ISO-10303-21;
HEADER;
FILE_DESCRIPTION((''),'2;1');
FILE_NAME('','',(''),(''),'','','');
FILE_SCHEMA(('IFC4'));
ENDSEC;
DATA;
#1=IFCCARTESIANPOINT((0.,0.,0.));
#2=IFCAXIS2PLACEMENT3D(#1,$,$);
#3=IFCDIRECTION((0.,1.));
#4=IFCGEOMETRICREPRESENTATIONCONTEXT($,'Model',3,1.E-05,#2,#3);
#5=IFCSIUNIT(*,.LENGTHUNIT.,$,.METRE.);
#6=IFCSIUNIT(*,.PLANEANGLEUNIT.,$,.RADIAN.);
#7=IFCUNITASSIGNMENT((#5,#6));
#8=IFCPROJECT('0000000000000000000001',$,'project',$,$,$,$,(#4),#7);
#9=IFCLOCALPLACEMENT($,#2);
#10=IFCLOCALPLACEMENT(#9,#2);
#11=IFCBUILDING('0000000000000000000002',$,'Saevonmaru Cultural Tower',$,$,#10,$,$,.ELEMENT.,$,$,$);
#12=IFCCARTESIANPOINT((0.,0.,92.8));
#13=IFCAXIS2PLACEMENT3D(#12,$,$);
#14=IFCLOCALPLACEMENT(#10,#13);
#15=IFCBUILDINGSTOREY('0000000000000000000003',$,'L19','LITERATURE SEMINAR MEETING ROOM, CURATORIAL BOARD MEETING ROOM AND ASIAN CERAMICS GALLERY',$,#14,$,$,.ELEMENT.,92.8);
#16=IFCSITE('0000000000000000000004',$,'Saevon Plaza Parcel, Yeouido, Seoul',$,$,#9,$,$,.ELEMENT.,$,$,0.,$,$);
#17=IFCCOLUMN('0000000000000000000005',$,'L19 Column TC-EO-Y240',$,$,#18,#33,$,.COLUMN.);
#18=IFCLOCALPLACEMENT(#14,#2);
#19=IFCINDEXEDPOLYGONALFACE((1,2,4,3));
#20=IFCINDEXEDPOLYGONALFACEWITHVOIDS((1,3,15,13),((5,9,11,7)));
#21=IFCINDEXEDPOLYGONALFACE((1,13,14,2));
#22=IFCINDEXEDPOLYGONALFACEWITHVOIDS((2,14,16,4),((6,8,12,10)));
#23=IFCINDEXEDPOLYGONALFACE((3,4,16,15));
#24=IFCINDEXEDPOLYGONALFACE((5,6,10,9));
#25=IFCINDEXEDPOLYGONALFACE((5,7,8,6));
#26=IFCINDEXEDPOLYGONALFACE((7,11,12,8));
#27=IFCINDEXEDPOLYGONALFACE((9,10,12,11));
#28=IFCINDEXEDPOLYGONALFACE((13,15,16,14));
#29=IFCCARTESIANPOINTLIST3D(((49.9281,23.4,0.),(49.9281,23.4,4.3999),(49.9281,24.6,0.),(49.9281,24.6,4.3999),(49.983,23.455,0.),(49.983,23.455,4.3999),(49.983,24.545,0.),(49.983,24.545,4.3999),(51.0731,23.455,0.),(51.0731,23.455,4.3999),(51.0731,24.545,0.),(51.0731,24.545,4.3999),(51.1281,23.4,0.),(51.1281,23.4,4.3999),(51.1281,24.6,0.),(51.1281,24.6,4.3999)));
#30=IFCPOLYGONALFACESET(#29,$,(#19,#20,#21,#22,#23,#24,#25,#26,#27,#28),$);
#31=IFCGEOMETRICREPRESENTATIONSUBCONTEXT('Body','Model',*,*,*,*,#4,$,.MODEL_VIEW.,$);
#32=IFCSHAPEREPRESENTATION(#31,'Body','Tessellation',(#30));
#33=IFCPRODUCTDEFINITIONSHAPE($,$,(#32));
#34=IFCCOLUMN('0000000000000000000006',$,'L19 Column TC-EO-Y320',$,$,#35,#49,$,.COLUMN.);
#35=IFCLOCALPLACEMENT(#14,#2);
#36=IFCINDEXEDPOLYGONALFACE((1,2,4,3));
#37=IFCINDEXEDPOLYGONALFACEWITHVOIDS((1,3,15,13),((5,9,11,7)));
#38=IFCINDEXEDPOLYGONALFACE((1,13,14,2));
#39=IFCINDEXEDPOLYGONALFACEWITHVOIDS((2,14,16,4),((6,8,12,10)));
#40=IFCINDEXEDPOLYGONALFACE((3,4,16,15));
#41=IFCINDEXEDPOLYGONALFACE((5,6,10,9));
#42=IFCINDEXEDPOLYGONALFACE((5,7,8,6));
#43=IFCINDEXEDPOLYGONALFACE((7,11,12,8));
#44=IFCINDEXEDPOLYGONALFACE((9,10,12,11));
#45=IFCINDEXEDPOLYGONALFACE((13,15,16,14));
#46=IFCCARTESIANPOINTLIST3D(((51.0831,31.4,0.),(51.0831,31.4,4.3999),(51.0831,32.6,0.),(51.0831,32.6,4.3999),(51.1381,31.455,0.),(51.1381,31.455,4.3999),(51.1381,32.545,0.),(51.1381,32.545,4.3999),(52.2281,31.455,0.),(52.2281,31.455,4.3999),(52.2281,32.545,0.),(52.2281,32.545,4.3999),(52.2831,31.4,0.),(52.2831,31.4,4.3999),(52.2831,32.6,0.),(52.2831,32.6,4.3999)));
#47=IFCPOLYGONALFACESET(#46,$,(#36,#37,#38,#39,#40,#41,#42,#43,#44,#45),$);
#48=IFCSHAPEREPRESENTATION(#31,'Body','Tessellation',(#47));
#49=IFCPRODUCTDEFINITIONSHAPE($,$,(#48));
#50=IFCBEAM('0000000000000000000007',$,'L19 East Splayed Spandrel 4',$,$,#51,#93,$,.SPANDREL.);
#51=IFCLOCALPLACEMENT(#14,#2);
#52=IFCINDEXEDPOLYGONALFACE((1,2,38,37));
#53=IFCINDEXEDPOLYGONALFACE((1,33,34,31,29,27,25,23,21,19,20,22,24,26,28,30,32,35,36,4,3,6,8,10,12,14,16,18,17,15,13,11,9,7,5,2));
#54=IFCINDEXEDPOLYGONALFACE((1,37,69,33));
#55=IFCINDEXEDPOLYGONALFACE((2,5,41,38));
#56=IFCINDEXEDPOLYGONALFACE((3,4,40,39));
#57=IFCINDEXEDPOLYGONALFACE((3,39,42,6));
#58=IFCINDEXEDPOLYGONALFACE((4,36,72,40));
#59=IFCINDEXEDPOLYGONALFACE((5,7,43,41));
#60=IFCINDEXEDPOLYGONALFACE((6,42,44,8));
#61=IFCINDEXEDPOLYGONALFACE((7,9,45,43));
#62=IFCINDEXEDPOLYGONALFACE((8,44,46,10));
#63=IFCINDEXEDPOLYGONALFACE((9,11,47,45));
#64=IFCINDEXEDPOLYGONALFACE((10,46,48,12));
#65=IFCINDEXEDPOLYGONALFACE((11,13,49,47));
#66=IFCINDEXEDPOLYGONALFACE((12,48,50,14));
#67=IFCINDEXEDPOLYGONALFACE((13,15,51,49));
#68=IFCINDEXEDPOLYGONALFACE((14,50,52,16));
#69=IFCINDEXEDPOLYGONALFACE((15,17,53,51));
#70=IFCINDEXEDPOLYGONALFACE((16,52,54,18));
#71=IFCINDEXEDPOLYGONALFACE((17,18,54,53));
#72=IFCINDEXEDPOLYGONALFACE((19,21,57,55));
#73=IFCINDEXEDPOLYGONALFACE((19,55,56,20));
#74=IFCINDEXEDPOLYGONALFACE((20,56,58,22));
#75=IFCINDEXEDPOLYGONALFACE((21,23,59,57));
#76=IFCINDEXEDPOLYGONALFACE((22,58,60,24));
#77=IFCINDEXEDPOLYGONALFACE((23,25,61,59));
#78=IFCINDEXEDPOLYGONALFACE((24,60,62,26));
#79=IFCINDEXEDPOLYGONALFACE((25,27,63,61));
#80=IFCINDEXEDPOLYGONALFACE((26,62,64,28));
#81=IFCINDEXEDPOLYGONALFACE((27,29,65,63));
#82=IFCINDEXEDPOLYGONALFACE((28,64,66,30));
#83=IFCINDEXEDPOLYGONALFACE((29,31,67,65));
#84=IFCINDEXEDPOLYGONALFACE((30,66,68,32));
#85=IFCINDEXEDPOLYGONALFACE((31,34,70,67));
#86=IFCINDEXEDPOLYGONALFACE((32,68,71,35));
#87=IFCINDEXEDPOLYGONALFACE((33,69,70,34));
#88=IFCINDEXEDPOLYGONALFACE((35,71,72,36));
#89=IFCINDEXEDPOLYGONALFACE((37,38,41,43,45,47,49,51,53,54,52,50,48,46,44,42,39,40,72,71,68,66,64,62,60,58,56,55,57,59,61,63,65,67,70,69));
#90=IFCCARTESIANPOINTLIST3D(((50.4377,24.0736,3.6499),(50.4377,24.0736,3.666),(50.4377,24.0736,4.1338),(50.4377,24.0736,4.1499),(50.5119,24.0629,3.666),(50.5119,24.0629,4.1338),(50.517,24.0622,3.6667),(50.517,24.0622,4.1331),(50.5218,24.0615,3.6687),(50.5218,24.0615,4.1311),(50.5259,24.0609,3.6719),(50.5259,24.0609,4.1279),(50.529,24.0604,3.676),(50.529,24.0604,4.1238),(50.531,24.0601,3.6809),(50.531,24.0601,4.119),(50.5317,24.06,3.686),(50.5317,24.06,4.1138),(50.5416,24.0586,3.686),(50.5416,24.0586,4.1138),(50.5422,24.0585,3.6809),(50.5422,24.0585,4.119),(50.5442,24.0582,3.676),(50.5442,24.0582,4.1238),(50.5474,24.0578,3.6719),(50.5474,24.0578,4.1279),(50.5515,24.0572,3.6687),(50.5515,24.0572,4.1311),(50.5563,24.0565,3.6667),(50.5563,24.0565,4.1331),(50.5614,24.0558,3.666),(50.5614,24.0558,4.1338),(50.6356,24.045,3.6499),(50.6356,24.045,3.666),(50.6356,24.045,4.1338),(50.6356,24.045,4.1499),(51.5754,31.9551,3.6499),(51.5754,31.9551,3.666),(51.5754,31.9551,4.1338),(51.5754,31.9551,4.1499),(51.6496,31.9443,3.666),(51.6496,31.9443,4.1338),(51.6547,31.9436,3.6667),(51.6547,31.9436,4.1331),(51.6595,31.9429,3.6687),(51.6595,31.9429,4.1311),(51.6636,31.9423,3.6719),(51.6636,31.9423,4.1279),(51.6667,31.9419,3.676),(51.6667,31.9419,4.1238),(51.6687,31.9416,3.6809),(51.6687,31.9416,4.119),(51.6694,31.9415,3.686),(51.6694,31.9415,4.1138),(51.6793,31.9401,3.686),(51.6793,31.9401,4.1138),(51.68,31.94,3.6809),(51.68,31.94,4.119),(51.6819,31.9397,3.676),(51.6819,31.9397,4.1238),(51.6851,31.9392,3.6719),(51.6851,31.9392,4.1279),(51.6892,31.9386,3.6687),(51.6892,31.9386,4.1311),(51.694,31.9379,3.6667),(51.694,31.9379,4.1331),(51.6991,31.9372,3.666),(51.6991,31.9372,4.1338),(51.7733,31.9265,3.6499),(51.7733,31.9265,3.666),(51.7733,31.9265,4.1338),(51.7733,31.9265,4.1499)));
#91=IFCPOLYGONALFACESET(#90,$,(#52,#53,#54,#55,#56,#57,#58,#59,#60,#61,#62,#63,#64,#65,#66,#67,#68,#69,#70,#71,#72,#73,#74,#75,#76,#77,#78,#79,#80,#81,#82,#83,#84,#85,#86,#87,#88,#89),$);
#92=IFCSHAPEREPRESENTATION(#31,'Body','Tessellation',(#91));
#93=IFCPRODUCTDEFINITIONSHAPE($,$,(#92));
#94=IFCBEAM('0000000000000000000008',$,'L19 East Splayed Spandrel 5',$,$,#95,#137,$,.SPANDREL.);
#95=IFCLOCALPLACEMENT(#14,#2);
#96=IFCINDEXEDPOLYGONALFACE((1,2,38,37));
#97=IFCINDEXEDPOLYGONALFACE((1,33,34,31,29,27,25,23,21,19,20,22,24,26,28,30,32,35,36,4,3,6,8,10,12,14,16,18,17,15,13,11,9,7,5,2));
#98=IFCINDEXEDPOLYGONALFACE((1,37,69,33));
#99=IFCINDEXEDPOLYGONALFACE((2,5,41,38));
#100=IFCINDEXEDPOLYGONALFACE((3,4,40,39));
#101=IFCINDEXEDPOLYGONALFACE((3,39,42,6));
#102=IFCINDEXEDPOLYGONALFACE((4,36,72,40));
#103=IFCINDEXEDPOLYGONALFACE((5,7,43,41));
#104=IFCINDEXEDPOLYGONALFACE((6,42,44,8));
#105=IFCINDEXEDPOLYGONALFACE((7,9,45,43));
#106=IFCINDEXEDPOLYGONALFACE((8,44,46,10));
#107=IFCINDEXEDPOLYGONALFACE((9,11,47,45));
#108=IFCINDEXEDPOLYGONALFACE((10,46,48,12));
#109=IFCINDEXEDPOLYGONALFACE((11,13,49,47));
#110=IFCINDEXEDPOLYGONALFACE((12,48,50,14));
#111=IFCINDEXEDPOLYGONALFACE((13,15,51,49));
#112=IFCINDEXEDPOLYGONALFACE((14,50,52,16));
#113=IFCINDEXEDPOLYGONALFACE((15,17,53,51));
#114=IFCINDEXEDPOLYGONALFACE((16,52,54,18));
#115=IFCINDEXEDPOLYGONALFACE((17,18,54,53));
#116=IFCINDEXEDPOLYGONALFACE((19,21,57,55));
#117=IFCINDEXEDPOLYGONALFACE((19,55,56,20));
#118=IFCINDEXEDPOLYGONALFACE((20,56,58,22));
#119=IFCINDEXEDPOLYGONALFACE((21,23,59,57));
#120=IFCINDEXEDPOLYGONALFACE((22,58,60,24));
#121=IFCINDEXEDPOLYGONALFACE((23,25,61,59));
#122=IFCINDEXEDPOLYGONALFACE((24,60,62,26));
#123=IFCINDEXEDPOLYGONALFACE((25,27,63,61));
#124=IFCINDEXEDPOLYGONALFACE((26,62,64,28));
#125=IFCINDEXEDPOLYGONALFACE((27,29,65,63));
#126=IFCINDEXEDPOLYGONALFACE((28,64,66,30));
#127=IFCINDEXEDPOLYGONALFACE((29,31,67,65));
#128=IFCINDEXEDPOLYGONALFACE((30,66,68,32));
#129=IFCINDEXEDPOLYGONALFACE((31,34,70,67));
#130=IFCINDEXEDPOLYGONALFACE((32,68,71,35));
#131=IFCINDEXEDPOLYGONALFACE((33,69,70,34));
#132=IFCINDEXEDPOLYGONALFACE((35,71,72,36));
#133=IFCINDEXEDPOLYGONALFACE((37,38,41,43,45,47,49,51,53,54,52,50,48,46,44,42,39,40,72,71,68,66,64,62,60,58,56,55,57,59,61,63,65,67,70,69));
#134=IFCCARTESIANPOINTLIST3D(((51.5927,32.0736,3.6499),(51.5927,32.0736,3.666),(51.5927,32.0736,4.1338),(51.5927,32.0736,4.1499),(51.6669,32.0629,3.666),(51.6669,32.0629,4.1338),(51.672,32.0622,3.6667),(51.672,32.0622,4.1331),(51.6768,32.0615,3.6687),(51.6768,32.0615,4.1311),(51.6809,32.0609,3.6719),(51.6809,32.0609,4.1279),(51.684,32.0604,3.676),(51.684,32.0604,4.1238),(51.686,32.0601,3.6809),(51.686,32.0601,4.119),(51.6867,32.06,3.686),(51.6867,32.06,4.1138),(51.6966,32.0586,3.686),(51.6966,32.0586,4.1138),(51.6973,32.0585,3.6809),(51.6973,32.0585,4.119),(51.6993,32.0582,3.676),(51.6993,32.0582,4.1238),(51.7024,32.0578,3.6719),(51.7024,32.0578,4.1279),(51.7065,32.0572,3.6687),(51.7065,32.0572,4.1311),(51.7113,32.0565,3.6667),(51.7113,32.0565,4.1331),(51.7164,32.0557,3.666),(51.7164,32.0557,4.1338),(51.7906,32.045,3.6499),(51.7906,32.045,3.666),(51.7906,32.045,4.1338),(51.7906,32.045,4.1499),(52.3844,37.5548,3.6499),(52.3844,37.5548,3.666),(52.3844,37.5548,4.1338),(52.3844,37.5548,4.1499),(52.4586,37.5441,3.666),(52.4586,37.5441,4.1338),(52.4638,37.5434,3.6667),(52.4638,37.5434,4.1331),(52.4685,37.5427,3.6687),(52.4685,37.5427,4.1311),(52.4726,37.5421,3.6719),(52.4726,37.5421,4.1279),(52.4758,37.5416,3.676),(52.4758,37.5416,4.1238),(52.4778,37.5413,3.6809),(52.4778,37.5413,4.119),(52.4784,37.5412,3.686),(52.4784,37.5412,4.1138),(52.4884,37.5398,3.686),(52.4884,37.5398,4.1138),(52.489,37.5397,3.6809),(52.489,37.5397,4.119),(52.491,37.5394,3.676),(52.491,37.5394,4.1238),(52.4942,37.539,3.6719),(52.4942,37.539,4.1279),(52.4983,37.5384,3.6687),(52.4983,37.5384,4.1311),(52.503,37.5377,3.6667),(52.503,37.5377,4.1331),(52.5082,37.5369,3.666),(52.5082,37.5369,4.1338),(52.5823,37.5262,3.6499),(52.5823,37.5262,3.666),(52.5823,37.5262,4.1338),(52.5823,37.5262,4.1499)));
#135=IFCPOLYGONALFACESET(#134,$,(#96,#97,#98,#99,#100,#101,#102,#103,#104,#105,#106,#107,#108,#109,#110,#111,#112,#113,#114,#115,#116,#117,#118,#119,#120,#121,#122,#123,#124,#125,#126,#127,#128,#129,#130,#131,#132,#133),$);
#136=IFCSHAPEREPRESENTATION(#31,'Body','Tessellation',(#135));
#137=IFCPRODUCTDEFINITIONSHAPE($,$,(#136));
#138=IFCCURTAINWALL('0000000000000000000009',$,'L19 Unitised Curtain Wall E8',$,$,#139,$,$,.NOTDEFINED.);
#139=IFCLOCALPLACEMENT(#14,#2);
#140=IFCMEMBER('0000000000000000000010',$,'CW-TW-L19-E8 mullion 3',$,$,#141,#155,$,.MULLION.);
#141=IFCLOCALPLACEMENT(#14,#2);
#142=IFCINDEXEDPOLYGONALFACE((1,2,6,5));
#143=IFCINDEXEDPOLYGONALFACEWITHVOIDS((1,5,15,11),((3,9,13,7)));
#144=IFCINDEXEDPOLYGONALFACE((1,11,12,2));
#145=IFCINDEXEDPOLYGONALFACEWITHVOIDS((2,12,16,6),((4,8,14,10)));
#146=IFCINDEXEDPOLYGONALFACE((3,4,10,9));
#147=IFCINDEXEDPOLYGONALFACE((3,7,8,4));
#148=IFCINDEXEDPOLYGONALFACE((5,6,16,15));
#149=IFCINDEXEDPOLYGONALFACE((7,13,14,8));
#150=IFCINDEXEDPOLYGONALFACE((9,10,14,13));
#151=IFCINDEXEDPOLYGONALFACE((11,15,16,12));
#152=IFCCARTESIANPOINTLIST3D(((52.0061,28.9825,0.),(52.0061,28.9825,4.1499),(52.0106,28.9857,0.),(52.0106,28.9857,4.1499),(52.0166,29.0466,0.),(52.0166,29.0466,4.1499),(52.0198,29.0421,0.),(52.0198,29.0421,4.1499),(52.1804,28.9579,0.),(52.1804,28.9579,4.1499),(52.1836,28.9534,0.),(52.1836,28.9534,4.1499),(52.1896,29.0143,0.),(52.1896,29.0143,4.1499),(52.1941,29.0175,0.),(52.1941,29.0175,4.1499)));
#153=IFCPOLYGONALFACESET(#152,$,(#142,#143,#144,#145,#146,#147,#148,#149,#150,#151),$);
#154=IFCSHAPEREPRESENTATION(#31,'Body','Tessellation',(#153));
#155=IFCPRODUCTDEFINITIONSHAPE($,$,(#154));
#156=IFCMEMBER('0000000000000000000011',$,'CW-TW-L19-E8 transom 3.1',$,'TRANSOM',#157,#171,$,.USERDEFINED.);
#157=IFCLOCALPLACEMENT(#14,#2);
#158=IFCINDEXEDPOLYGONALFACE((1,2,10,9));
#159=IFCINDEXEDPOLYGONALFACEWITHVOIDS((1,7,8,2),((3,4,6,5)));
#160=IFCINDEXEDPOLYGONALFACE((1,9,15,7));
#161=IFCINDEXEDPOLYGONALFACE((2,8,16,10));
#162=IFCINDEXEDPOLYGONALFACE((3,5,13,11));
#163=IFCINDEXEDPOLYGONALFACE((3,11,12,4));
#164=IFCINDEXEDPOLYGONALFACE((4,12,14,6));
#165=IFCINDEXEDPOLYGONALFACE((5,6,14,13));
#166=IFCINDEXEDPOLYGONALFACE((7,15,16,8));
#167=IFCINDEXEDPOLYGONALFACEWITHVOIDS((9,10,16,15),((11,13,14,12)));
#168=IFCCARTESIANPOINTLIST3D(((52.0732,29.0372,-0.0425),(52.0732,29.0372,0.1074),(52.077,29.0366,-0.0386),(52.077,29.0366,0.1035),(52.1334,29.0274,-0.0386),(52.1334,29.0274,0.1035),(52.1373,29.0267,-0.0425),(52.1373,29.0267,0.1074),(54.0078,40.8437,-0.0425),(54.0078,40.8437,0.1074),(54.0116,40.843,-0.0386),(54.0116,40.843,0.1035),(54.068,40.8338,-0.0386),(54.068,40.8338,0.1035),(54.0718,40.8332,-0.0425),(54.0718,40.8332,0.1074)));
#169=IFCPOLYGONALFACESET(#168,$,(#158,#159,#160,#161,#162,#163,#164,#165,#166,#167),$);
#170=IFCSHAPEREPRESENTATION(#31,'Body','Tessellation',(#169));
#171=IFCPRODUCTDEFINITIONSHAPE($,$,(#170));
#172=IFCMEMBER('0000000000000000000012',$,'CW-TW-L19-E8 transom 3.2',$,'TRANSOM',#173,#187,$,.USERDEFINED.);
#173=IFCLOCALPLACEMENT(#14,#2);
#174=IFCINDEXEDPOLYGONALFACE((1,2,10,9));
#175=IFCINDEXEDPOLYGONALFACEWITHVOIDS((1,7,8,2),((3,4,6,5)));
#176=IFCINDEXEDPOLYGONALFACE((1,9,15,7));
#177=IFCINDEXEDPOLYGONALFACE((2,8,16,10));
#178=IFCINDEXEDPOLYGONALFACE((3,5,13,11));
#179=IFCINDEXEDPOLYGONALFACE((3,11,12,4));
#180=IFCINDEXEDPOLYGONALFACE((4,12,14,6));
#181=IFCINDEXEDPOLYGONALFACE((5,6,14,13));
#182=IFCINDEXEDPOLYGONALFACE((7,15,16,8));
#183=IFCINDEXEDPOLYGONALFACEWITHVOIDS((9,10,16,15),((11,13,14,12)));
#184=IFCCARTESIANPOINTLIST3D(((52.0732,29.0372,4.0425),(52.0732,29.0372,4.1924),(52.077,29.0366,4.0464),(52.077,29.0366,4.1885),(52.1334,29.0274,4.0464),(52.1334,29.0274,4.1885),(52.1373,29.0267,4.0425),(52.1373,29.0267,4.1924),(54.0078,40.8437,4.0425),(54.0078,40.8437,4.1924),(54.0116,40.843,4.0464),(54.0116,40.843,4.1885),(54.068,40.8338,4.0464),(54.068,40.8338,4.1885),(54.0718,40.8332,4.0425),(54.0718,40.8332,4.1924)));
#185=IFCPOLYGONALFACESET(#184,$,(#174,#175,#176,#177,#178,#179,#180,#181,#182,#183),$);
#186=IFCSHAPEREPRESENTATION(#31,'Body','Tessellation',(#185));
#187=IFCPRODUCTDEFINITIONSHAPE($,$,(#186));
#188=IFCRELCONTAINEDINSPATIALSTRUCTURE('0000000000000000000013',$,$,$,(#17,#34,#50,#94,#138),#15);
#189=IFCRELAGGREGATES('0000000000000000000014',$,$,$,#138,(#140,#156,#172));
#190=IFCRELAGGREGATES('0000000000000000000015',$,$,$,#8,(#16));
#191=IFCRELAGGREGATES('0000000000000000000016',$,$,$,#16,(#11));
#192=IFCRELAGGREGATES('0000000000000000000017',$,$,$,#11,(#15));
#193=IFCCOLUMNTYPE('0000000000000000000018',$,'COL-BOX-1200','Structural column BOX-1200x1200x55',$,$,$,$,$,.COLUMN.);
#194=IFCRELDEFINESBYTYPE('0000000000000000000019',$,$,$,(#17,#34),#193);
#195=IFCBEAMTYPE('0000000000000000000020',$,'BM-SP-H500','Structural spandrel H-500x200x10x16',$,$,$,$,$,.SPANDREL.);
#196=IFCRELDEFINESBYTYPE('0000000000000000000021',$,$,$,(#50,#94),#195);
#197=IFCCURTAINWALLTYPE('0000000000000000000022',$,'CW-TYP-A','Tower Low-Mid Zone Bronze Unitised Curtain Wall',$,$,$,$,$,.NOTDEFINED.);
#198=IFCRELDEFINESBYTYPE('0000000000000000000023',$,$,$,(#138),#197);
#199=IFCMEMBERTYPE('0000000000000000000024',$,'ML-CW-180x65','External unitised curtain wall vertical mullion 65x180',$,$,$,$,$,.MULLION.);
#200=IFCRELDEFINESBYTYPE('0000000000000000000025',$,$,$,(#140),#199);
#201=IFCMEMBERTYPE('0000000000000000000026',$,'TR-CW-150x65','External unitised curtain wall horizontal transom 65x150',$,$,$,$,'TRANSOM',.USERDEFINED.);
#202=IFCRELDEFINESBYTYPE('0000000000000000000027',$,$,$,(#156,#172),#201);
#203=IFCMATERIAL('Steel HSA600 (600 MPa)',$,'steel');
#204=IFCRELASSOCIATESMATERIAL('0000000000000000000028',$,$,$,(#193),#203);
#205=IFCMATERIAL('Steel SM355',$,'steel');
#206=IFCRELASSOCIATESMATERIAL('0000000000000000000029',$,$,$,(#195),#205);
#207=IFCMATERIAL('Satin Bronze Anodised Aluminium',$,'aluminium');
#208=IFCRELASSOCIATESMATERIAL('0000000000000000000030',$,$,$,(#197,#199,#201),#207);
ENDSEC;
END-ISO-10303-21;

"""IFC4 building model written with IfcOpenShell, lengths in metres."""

from ifc_helpers import new_model, si_unit, direction, frame, origin, origin_2d, place, context, subcontext, project, spatial, hollow_rectangle, i_section, extrude, material, material_profile, profile_set, type_object, element, aggregate, save


model = new_model("IFC4")

# Units and contexts
model_context = context("Model", 3, precision=1e-05, world=origin(), true_north=direction((0.0, 1.0)))
body_context = subcontext(model_context, "Body", "Model", "MODEL_VIEW")
ifc_project = project(units=[si_unit("LENGTHUNIT", "METRE"), si_unit("PLANEANGLEUNIT", "RADIAN")], contexts=[model_context])

# Site, building, storey
site_placement = place(None, origin())
site = spatial("IfcSite", under=ifc_project, at=site_placement, Name="Saevon Plaza Parcel, Yeouido, Seoul", CompositionType="ELEMENT", RefElevation=0.0)
building_placement = place(site_placement, origin())
building = spatial("IfcBuilding", under=site, at=building_placement, Name="Saevonmaru Cultural Tower", CompositionType="ELEMENT")
storey_placement = place(building_placement, frame((0.0, 0.0, 92.8)))
storey = spatial("IfcBuildingStorey", under=building, at=storey_placement, Name="L19", Description="LITERATURE SEMINAR MEETING ROOM, CURATORIAL BOARD MEETING ROOM AND ASIAN CERAMICS GALLERY", CompositionType="ELEMENT", Elevation=92.8)

# Columns
ifc_material_1 = material(Name="Steel HSA600 (600 MPa)", Category="steel")
ifc_material_profile_1 = material_profile(ifc_material_1, hollow_rectangle(XDim=1.2, YDim=1.2, WallThickness=0.0549, at=origin_2d()), Name="BOX-1200x1200x55")
ifc_profile_set_1 = profile_set([ifc_material_profile_1], Name="Steel HSA600 (600 MPa)")
column_type = type_object("IfcColumnType", Name="COL-BOX-1200", Description="Structural column BOX-1200x1200x55", PredefinedType="COLUMN", material=ifc_profile_set_1)
for number, where, z_axis, x_axis, name in (
    (1, (50.5281, 24.0, 0.0), (0.0, 0.0, 1.0), (1.0, 0.0, 0.0), "L19 Column TC-EO-Y240"),
    (2, (51.6831, 32.0, 0.0), (0.0, 0.0, 1.0), (1.0, 0.0, 0.0), "L19 Column TC-EO-Y320"),
):
    element("IfcColumn", number, at=place(storey_placement, frame(where, z_axis=z_axis, x_axis=x_axis)), inside=storey, type_object=column_type, Name=name, PredefinedType="COLUMN", context=body_context, shape_type="SweptSolid", body=[
        extrude(hollow_rectangle(XDim=1.2, YDim=1.2, WallThickness=0.0549, at=origin_2d()), origin(), (0.0, 0.0, 1.0), 4.3999),
    ])

# Beams
ifc_material_2 = material(Name="Steel SM355", Category="steel")
ifc_material_profile_2 = material_profile(ifc_material_2, i_section(OverallWidth=0.2, OverallDepth=0.5, WebThickness=0.01, FlangeThickness=0.0161, FilletRadius=0.02, at=origin_2d()), Name="H-500x200x10x16")
ifc_profile_set_2 = profile_set([ifc_material_profile_2], Name="Steel SM355")
beam_type = type_object("IfcBeamType", Name="BM-SP-H500", Description="Structural spandrel H-500x200x10x16", PredefinedType="SPANDREL", material=ifc_profile_set_2)
beam_1_placement = place(storey_placement, frame((50.5366, 24.0593, 3.8999), z_axis=(0.142872, 0.989741, 0.0), x_axis=(-0.989741, 0.142872, 0.0)))
element("IfcBeam", 3, at=beam_1_placement, inside=storey, type_object=beam_type, Name="L19 East Splayed Spandrel 4", PredefinedType="SPANDREL", context=body_context, shape_type="SweptSolid", body=[
    extrude(i_section(OverallWidth=0.2, OverallDepth=0.5, WebThickness=0.01, FlangeThickness=0.0161, FilletRadius=0.02, at=origin_2d()), origin(), (0.0, 0.0, 1.0), 7.9631),
])
beam_2_placement = place(storey_placement, frame((51.6917, 32.0593, 3.8999), z_axis=(0.142964, 0.989728, 0.0), x_axis=(-0.989728, 0.142964, 0.0)))
element("IfcBeam", 4, at=beam_2_placement, inside=storey, type_object=beam_type, Name="L19 East Splayed Spandrel 5", PredefinedType="SPANDREL", context=body_context, shape_type="SweptSolid", body=[
    extrude(i_section(OverallWidth=0.2, OverallDepth=0.5, WebThickness=0.01, FlangeThickness=0.0161, FilletRadius=0.02, at=origin_2d()), origin(), (0.0, 0.0, 1.0), 5.5381),
])

# Curtain wall, members
ifc_material_3 = material(Name="Satin Bronze Anodised Aluminium", Category="aluminium")
curtain_wall_type = type_object("IfcCurtainWallType", Name="CW-TYP-A", Description="Tower Low-Mid Zone Bronze Unitised Curtain Wall", PredefinedType="NOTDEFINED", material=ifc_material_3)
curtain_wall_placement = place(storey_placement, origin())
curtain_wall = element("IfcCurtainWall", 5, at=curtain_wall_placement, inside=storey, type_object=curtain_wall_type, Name="L19 Unitised Curtain Wall E8", PredefinedType="NOTDEFINED")
ifc_material_profile_3 = material_profile(ifc_material_3, hollow_rectangle(XDim=0.0649, YDim=0.1799, WallThickness=0.0039, at=origin_2d()), Name="ALU-MULL-180x65x4")
ifc_profile_set_3 = profile_set([ifc_material_profile_3], Name="Satin Bronze Anodised Aluminium")
member_type_1 = type_object("IfcMemberType", Name="ML-CW-180x65", Description="External unitised curtain wall vertical mullion 65x180", PredefinedType="MULLION", material=ifc_profile_set_3)
member_1_placement = place(storey_placement, frame((52.1001, 29.0, 0.0), z_axis=(0.0, 0.0, 1.0), x_axis=(0.161709, 0.986839, 0.0)))
member_1 = element("IfcMember", 6, at=member_1_placement, type_object=member_type_1, Name="CW-TW-L19-E8 mullion 3", PredefinedType="MULLION", context=body_context, shape_type="SweptSolid", body=[
    extrude(hollow_rectangle(XDim=0.0649, YDim=0.1799, WallThickness=0.0039, at=origin_2d()), origin(), (0.0, 0.0, 1.0), 4.1499),
])
ifc_material_profile_4 = material_profile(ifc_material_3, hollow_rectangle(XDim=0.0649, YDim=0.1499, WallThickness=0.0039, at=origin_2d()), Name="ALU-TRAN-150x65x4")
ifc_profile_set_4 = profile_set([ifc_material_profile_4], Name="Satin Bronze Anodised Aluminium")
member_type_2 = type_object("IfcMemberType", Name="TR-CW-150x65", Description="External unitised curtain wall horizontal transom 65x150", ElementType="TRANSOM", PredefinedType="USERDEFINED", material=ifc_profile_set_4)
member_2_placement = place(storey_placement, frame((52.1052, 29.032, 0.0325), z_axis=(0.161701, 0.98684, 0.0), x_axis=(-0.98684, 0.161701, 0.0)))
member_2 = element("IfcMember", 7, at=member_2_placement, type_object=member_type_2, Name="CW-TW-L19-E8 transom 3.1", ObjectType="TRANSOM", PredefinedType="USERDEFINED", context=body_context, shape_type="SweptSolid", body=[
    extrude(hollow_rectangle(XDim=0.0649, YDim=0.1499, WallThickness=0.0039, at=origin_2d()), origin(), (0.0, 0.0, 1.0), 11.9639),
])
member_3_placement = place(storey_placement, frame((52.1052, 29.032, 4.1174), z_axis=(0.161701, 0.98684, 0.0), x_axis=(-0.98684, 0.161701, 0.0)))
member_3 = element("IfcMember", 8, at=member_3_placement, type_object=member_type_2, Name="CW-TW-L19-E8 transom 3.2", ObjectType="TRANSOM", PredefinedType="USERDEFINED", context=body_context, shape_type="SweptSolid", body=[
    extrude(hollow_rectangle(XDim=0.0649, YDim=0.1499, WallThickness=0.0039, at=origin_2d()), origin(), (0.0, 0.0, 1.0), 11.9639),
])
aggregate(curtain_wall, [member_1, member_2, member_3])

save(model, "model.ifc")
